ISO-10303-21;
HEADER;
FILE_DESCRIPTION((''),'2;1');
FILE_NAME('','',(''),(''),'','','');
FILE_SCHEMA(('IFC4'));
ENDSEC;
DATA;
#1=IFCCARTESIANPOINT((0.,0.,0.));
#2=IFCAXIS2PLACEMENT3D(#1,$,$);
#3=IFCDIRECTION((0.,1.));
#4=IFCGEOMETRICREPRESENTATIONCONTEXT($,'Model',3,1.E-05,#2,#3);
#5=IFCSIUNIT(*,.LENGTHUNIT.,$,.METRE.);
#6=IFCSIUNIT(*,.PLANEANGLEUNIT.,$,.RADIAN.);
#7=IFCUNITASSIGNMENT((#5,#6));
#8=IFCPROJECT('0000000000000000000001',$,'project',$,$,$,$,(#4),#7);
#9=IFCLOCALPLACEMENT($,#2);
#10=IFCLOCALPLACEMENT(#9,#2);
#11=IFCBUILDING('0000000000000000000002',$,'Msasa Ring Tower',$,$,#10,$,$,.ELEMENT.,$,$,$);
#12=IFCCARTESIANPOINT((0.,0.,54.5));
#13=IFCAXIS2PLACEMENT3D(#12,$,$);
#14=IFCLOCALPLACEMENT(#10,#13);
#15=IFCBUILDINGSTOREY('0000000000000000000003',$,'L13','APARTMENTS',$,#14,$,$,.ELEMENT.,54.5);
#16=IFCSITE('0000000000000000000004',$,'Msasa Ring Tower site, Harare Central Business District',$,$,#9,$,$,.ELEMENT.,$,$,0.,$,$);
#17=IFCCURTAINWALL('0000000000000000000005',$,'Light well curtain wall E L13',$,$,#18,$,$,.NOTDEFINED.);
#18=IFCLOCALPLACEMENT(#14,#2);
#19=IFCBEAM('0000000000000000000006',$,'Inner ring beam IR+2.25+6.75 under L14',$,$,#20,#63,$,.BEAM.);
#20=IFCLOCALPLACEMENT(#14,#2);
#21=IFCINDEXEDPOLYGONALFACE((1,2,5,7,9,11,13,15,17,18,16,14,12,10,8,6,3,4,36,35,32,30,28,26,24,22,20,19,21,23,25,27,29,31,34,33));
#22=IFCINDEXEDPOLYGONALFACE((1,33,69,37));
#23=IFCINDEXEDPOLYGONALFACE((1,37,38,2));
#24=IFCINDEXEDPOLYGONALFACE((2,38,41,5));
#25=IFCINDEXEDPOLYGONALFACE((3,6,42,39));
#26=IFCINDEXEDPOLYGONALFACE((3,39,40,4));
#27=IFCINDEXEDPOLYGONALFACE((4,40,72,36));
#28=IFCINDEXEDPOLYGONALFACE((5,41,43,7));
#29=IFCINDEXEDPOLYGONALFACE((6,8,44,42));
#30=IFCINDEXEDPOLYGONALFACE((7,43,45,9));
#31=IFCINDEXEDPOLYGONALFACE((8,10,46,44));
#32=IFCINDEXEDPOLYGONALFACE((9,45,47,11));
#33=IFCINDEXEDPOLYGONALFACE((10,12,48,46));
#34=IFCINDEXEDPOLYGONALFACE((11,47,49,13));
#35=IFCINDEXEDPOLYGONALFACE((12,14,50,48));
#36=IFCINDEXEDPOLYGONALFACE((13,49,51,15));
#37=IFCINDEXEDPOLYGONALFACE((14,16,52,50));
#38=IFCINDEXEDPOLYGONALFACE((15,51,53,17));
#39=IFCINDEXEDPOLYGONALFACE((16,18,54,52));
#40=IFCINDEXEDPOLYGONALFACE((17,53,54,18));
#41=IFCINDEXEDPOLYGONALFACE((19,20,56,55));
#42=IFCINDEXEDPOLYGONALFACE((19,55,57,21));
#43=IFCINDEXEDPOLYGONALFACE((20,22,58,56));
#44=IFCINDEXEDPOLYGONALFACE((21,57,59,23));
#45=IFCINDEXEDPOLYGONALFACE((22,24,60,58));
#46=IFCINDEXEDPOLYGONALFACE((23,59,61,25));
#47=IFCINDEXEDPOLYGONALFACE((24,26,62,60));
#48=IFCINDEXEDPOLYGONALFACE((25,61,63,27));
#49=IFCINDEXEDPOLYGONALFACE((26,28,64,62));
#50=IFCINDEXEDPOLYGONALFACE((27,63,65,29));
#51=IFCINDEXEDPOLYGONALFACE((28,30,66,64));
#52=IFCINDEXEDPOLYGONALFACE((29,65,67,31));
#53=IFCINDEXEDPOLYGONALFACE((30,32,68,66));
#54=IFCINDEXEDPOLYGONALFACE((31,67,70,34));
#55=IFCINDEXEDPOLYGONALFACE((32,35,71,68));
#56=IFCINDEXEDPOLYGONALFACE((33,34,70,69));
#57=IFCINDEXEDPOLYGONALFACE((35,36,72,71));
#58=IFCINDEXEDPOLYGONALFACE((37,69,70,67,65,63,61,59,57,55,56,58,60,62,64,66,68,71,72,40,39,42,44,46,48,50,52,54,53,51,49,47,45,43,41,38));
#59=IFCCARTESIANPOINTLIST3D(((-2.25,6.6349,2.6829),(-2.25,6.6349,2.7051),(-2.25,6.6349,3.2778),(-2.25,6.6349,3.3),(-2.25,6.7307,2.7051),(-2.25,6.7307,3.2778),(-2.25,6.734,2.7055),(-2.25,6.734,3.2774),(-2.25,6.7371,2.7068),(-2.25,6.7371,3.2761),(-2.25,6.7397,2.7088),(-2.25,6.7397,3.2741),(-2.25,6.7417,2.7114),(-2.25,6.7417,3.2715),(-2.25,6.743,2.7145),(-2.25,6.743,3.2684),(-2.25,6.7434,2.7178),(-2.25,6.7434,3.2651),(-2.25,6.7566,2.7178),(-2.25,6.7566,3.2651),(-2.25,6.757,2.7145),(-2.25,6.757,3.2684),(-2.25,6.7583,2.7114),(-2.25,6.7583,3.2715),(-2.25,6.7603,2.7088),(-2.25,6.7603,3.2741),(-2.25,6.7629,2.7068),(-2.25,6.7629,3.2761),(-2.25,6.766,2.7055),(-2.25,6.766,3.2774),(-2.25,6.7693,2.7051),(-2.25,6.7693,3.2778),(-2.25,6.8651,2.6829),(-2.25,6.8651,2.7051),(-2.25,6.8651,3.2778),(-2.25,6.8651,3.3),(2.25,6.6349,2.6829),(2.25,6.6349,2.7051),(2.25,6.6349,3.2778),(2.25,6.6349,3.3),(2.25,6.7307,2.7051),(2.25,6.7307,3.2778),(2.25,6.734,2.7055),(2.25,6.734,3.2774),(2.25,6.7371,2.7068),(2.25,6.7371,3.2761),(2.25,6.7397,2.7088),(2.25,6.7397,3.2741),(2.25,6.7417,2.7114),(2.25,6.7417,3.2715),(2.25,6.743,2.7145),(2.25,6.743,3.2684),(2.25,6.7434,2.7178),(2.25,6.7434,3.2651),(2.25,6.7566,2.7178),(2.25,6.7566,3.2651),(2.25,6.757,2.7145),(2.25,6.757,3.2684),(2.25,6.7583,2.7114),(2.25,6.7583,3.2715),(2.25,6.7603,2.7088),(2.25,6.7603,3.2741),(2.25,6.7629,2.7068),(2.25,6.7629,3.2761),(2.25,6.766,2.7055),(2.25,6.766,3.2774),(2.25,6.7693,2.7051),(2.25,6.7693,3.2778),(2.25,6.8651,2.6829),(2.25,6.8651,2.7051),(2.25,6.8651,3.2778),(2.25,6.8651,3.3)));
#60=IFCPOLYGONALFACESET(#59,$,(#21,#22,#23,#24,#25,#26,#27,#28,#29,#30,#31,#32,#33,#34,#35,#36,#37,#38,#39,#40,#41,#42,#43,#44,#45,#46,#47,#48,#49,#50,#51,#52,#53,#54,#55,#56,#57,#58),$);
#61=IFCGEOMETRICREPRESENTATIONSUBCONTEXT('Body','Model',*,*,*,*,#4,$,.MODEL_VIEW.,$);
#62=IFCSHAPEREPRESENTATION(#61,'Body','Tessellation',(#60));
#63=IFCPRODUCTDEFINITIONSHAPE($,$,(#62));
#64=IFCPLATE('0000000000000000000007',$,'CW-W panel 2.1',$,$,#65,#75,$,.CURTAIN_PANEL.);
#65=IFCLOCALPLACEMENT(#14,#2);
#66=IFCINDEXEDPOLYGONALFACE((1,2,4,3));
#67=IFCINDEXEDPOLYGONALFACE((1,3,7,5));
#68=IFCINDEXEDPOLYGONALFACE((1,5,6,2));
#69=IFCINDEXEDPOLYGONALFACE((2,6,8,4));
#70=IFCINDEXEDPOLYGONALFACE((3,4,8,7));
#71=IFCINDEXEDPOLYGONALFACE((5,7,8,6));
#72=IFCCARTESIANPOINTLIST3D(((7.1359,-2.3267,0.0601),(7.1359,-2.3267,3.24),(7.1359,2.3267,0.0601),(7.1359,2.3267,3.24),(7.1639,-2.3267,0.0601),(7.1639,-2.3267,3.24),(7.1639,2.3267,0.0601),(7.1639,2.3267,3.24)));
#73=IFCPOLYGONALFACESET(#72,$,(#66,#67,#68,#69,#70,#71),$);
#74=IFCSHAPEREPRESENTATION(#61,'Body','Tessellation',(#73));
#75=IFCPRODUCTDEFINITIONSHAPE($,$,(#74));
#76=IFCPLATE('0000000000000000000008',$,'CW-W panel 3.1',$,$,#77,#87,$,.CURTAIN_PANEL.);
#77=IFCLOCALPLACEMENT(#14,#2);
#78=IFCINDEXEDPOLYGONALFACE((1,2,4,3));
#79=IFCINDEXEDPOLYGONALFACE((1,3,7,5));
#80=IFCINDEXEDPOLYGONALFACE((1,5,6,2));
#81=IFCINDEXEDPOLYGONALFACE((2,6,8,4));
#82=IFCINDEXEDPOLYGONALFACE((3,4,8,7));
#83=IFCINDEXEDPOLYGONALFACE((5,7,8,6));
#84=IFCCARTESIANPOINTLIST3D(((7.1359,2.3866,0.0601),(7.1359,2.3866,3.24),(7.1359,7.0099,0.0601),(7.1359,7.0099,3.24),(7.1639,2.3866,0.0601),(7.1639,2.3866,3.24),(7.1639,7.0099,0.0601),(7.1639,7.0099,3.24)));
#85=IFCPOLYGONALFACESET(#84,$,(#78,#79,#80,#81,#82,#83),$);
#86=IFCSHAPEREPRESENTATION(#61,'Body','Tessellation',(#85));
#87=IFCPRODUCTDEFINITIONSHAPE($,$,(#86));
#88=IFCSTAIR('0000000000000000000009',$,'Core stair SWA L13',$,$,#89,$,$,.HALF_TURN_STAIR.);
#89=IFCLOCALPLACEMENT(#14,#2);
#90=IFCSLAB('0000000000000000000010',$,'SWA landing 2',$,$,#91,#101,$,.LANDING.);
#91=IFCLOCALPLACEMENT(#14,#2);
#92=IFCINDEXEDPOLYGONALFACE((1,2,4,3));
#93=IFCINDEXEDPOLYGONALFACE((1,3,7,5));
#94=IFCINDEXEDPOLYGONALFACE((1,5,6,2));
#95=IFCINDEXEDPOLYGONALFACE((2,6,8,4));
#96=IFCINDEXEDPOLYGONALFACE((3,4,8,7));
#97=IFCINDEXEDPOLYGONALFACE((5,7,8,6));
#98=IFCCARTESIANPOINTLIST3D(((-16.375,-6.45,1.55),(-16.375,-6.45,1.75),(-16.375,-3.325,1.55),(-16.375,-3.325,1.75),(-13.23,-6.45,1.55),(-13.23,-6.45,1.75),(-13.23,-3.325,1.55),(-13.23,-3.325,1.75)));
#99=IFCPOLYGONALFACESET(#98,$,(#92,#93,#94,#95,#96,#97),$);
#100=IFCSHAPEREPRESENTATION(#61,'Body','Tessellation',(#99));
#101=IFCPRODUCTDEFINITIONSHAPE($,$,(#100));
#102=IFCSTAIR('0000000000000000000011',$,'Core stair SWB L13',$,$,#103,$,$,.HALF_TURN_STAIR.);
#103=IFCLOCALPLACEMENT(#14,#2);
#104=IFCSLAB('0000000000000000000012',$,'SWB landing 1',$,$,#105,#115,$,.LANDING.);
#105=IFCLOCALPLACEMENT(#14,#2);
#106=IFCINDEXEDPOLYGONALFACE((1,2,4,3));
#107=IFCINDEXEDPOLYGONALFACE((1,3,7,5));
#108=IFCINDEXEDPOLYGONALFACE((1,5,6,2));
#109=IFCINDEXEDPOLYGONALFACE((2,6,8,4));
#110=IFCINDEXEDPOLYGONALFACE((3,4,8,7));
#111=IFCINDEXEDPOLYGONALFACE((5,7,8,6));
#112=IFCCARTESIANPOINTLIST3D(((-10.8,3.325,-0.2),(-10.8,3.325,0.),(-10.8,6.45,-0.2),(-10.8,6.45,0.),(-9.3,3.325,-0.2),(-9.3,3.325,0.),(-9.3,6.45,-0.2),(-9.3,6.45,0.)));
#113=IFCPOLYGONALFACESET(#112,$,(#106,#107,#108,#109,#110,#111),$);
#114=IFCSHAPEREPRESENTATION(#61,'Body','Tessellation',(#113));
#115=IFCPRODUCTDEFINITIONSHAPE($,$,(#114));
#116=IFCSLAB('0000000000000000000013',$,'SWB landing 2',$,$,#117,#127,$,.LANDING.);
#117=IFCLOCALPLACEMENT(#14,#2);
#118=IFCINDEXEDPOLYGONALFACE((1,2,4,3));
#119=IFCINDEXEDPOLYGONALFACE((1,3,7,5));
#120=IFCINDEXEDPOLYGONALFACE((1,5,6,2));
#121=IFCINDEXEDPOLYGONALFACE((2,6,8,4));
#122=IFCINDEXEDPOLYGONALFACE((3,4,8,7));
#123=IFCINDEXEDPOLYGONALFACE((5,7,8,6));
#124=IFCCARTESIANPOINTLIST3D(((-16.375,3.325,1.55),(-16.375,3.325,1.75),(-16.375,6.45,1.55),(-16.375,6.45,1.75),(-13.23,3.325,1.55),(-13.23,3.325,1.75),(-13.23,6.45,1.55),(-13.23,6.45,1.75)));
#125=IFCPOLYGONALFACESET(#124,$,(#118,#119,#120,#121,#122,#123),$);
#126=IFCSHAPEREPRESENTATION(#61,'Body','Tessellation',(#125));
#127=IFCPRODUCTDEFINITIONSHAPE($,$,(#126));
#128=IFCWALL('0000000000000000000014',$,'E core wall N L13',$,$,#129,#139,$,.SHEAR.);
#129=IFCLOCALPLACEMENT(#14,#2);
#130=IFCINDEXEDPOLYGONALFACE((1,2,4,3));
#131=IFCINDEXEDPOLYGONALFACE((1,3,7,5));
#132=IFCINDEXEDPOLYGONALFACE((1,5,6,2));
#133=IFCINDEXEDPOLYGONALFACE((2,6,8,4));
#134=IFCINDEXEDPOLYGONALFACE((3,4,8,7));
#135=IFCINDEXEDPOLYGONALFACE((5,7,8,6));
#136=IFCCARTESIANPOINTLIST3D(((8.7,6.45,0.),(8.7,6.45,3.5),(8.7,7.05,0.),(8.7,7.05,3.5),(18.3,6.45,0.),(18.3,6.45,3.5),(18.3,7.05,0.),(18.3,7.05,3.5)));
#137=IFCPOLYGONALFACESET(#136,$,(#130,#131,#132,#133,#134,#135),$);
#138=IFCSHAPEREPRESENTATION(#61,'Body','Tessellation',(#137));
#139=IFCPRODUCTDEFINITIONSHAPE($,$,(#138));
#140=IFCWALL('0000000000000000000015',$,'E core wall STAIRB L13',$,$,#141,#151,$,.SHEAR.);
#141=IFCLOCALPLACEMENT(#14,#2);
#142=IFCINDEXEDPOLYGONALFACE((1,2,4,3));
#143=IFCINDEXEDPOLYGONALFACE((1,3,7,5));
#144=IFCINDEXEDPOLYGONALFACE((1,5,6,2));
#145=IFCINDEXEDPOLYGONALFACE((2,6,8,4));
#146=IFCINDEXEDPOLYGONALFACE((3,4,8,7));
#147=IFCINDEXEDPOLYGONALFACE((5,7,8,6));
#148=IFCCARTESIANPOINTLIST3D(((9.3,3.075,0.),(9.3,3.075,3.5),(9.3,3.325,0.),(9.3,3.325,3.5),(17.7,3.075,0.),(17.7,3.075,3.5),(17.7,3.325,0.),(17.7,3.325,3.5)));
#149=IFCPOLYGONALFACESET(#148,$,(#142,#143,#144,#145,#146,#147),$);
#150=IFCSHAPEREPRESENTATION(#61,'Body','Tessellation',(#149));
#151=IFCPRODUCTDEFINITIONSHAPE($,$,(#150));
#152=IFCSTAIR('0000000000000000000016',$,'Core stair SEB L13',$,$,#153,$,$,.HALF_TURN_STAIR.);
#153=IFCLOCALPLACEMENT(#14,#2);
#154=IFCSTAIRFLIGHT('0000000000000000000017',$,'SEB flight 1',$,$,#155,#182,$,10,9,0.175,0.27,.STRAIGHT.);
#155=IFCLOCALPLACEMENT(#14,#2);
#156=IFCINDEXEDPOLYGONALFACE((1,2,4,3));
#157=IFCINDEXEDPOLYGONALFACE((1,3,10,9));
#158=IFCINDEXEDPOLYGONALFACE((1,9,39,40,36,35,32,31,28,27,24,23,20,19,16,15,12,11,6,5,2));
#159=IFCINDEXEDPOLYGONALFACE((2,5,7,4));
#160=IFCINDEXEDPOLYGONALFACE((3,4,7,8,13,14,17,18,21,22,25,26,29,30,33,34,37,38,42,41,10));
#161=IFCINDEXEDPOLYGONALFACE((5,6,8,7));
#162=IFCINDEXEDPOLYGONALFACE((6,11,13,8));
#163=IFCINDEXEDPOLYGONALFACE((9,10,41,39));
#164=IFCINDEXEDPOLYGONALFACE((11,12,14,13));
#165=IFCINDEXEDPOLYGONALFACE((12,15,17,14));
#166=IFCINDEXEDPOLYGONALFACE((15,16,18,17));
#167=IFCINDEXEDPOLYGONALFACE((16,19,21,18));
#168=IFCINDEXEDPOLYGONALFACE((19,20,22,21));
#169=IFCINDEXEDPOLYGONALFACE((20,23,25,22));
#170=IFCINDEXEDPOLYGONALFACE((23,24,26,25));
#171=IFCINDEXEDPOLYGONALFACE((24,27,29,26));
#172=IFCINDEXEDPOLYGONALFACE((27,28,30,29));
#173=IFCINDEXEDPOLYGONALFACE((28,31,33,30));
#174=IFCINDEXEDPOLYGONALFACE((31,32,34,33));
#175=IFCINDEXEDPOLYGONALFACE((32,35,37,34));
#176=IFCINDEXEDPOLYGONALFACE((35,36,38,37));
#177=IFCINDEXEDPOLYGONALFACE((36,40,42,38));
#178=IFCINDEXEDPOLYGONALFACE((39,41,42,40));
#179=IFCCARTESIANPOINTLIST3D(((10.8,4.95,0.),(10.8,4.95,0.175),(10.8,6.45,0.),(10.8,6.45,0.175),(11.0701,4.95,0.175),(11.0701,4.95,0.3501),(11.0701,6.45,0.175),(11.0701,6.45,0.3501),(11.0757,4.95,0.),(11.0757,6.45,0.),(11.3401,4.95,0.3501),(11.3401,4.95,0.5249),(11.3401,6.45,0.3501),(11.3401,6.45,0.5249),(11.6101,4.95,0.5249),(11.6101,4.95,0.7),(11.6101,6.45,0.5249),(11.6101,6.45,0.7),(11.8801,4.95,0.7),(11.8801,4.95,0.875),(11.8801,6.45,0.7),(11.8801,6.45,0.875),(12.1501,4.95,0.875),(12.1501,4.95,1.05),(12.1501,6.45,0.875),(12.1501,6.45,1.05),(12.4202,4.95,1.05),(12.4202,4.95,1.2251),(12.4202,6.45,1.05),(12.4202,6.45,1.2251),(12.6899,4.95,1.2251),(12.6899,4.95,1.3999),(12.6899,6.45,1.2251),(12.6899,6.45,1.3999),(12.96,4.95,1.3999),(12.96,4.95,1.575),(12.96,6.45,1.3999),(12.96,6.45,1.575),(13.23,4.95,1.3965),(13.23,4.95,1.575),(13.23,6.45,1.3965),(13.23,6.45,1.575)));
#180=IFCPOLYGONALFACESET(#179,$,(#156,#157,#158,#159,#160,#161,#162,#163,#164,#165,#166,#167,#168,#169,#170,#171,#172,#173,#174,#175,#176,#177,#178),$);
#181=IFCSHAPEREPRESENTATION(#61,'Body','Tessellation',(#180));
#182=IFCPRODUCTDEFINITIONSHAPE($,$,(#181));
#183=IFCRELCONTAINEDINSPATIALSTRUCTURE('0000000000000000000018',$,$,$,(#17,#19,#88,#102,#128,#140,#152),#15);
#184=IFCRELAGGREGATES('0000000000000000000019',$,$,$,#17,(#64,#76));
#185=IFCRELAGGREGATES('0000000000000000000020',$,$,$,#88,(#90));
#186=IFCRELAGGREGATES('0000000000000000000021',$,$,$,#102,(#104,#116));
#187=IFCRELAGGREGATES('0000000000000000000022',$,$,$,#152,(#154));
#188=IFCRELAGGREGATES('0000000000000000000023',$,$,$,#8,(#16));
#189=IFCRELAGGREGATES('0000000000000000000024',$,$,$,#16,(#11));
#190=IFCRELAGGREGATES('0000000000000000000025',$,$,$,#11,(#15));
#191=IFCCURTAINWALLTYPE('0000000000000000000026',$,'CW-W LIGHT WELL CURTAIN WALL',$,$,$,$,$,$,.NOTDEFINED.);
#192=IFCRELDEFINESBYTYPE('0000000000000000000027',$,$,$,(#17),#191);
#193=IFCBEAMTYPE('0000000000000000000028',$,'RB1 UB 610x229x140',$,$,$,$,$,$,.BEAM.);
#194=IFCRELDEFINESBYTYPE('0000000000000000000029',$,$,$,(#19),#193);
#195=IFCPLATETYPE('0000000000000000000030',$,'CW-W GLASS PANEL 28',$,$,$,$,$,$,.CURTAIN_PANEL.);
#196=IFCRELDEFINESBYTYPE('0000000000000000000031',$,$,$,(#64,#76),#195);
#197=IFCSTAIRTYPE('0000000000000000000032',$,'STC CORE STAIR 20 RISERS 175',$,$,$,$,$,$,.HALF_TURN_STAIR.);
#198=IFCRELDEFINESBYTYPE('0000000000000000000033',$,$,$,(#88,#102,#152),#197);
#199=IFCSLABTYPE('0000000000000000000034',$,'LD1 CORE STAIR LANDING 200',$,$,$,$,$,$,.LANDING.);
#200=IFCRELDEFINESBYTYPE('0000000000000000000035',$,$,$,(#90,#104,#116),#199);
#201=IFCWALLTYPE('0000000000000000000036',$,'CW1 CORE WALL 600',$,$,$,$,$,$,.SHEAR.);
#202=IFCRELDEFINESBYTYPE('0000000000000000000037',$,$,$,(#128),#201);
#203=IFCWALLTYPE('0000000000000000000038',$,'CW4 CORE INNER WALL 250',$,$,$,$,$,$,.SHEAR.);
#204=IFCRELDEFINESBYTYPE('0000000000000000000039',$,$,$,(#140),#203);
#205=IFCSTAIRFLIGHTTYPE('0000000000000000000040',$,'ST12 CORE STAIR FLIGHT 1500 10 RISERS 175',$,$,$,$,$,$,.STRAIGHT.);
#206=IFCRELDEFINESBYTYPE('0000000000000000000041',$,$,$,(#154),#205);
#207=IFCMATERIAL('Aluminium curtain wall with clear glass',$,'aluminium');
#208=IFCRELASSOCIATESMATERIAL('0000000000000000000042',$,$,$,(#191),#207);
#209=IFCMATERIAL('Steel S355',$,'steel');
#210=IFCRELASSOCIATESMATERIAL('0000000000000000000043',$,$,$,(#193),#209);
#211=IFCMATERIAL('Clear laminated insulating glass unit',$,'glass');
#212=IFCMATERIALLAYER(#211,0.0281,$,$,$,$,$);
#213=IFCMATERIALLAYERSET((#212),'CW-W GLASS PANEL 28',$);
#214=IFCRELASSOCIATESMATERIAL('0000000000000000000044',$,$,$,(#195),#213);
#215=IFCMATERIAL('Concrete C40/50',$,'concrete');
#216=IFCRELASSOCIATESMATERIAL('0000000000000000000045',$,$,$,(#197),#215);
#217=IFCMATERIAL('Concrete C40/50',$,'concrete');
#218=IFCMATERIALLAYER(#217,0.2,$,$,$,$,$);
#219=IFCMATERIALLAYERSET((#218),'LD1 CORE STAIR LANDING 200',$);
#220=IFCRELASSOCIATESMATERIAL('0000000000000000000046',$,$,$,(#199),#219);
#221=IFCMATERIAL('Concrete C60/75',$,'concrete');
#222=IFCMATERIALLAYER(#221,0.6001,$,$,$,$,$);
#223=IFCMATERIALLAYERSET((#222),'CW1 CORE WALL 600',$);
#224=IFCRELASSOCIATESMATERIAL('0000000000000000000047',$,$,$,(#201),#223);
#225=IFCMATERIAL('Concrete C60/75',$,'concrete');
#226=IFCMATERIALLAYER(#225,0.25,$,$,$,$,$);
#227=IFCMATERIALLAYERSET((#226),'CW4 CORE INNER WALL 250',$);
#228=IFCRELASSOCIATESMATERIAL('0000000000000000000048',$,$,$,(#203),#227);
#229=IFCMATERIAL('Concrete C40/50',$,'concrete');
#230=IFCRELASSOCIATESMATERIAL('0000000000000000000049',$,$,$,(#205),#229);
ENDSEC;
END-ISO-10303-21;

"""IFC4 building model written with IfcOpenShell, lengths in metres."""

from ifc_helpers import new_model, si_unit, direction, frame, frame_2d, origin, origin_2d, place, context, subcontext, project, spatial, polyline, rectangle, i_section, outline, extrude, material, layer, layer_set, material_profile, profile_set, type_object, element, aggregate, save


model = new_model("IFC4")

# Units and contexts
model_context = context("Model", 3, precision=1e-05, world=origin(), true_north=direction((0.0, 1.0)))
body_context = subcontext(model_context, "Body", "Model", "MODEL_VIEW")
ifc_project = project(units=[si_unit("LENGTHUNIT", "METRE"), si_unit("PLANEANGLEUNIT", "RADIAN")], contexts=[model_context])

# Site, building, storey
site_placement = place(None, origin())
site = spatial("IfcSite", under=ifc_project, at=site_placement, Name="Msasa Ring Tower site, Harare Central Business District", CompositionType="ELEMENT", RefElevation=0.0)
building_placement = place(site_placement, origin())
building = spatial("IfcBuilding", under=site, at=building_placement, Name="Msasa Ring Tower", CompositionType="ELEMENT")
storey_placement = place(building_placement, frame((0.0, 0.0, 54.5)))
storey = spatial("IfcBuildingStorey", under=building, at=storey_placement, Name="L13", Description="APARTMENTS", CompositionType="ELEMENT", Elevation=54.5)

# Curtain wall
ifc_material_1 = material(Name="Aluminium curtain wall with clear glass", Category="aluminium")
curtain_wall_type = type_object("IfcCurtainWallType", Name="CW-W LIGHT WELL CURTAIN WALL", PredefinedType="NOTDEFINED", material=ifc_material_1)
curtain_wall_placement = place(storey_placement, origin())
curtain_wall = element("IfcCurtainWall", 1, at=curtain_wall_placement, inside=storey, type_object=curtain_wall_type, Name="Light well curtain wall E L13", PredefinedType="NOTDEFINED")

# Beam
ifc_material_2 = material(Name="Steel S355", Category="steel")
ifc_material_profile_1 = material_profile(ifc_material_2, i_section(OverallWidth=0.2302, OverallDepth=0.6172, WebThickness=0.0132, FlangeThickness=0.0222, FilletRadius=0.0127, at=origin_2d()), Name="UB 610x229x140")
ifc_profile_set_1 = profile_set([ifc_material_profile_1], Name="Steel S355")
beam_type = type_object("IfcBeamType", Name="RB1 UB 610x229x140", PredefinedType="BEAM", material=ifc_profile_set_1)
for number, where, z_axis, x_axis, name in (
    (2, (2.25, 6.75, 2.9915), (-1.0, 0.0, 0.0), (0.0, -1.0, 0.0), "Inner ring beam IR+2.25+6.75 under L14"),
):
    element("IfcBeam", number, at=place(storey_placement, frame(where, z_axis=z_axis, x_axis=x_axis)), inside=storey, type_object=beam_type, Name=name, PredefinedType="BEAM", context=body_context, shape_type="SweptSolid", body=[
        extrude(i_section(OverallWidth=0.2302, OverallDepth=0.6172, WebThickness=0.0132, FlangeThickness=0.0222, FilletRadius=0.0127, at=origin_2d()), origin(), (0.0, 0.0, 1.0), 4.5),
    ])

# Plates
ifc_material_3 = material(Name="Clear laminated insulating glass unit", Category="glass")
ifc_layer_1 = layer(ifc_material_3, 0.0281)
ifc_layer_set_1 = layer_set([ifc_layer_1], Name="CW-W GLASS PANEL 28")
plate_type = type_object("IfcPlateType", Name="CW-W GLASS PANEL 28", PredefinedType="CURTAIN_PANEL", material=ifc_layer_set_1)
plate_1_placement = place(storey_placement, frame((7.1499, 0.0, 0.0601), z_axis=(0.0, 0.0, 1.0), x_axis=(0.0, 1.0, 0.0)))
plate_1 = element("IfcPlate", 3, at=plate_1_placement, type_object=plate_type, Name="CW-W panel 2.1", PredefinedType="CURTAIN_PANEL", context=body_context, shape_type="SweptSolid", body=[
    extrude(rectangle(XDim=4.6533, YDim=0.0281, at=origin_2d()), origin(), (0.0, 0.0, 1.0), 3.1799),
])
plate_2_placement = place(storey_placement, frame((7.1499, 4.6982, 0.0601), z_axis=(0.0, 0.0, 1.0), x_axis=(0.0, 1.0, 0.0)))
plate_2 = element("IfcPlate", 4, at=plate_2_placement, type_object=plate_type, Name="CW-W panel 3.1", PredefinedType="CURTAIN_PANEL", context=body_context, shape_type="SweptSolid", body=[
    extrude(rectangle(XDim=4.6233, YDim=0.0281, at=origin_2d()), origin(), (0.0, 0.0, 1.0), 3.1799),
])
aggregate(curtain_wall, [plate_1, plate_2])

# Stair, slab
ifc_material_4 = material(Name="Concrete C40/50", Category="concrete")
stair_type = type_object("IfcStairType", Name="STC CORE STAIR 20 RISERS 175", PredefinedType="HALF_TURN_STAIR", material=ifc_material_4)
stair_1_placement = place(storey_placement, origin())
stair_1 = element("IfcStair", 5, at=stair_1_placement, inside=storey, type_object=stair_type, Name="Core stair SWA L13", PredefinedType="HALF_TURN_STAIR")
ifc_material_5 = material(Name="Concrete C40/50", Category="concrete")
ifc_layer_2 = layer(ifc_material_5, 0.2)
ifc_layer_set_2 = layer_set([ifc_layer_2], Name="LD1 CORE STAIR LANDING 200")
slab_type = type_object("IfcSlabType", Name="LD1 CORE STAIR LANDING 200", PredefinedType="LANDING", material=ifc_layer_set_2)
slab_1_placement = place(storey_placement, frame((0.0, 0.0, 1.55)))
slab_1 = element("IfcSlab", 6, at=slab_1_placement, type_object=slab_type, Name="SWA landing 2", PredefinedType="LANDING", context=body_context, shape_type="SweptSolid", body=[
    extrude(outline(polyline([(-16.375, -6.45), (-13.23, -6.45), (-13.23, -3.325), (-16.375, -3.325), (-16.375, -6.45)])), origin(), (0.0, 0.0, 1.0), 0.2),
])
aggregate(stair_1, [slab_1])

# Stair, slabs
stair_2_placement = place(storey_placement, origin())
stair_2 = element("IfcStair", 7, at=stair_2_placement, inside=storey, type_object=stair_type, Name="Core stair SWB L13", PredefinedType="HALF_TURN_STAIR")
slab_2_placement = place(storey_placement, frame((0.0, 0.0, -0.2)))
slab_2 = element("IfcSlab", 8, at=slab_2_placement, type_object=slab_type, Name="SWB landing 1", PredefinedType="LANDING", context=body_context, shape_type="SweptSolid", body=[
    extrude(outline(polyline([(-10.8, 3.325), (-9.3, 3.325), (-9.3, 6.45), (-10.8, 6.45), (-10.8, 3.325)])), origin(), (0.0, 0.0, 1.0), 0.2),
])
slab_3_placement = place(storey_placement, frame((0.0, 0.0, 1.55)))
slab_3 = element("IfcSlab", 9, at=slab_3_placement, type_object=slab_type, Name="SWB landing 2", PredefinedType="LANDING", context=body_context, shape_type="SweptSolid", body=[
    extrude(outline(polyline([(-16.375, 3.325), (-13.23, 3.325), (-13.23, 6.45), (-16.375, 6.45), (-16.375, 3.325)])), origin(), (0.0, 0.0, 1.0), 0.2),
])
aggregate(stair_2, [slab_2, slab_3])

# Walls
ifc_material_6 = material(Name="Concrete C60/75", Category="concrete")
ifc_layer_3 = layer(ifc_material_6, 0.6001)
ifc_layer_set_3 = layer_set([ifc_layer_3], Name="CW1 CORE WALL 600")
wall_type_1 = type_object("IfcWallType", Name="CW1 CORE WALL 600", PredefinedType="SHEAR", material=ifc_layer_set_3)
wall_1_placement = place(storey_placement, frame((8.7, 6.75, 0.0), z_axis=(0.0, 0.0, 1.0), x_axis=(1.0, 0.0, 0.0)))
element("IfcWall", 10, at=wall_1_placement, inside=storey, type_object=wall_type_1, Name="E core wall N L13", PredefinedType="SHEAR", context=body_context, shape_type="SweptSolid", body=[
    extrude(rectangle(XDim=9.6001, YDim=0.6001, at=frame_2d((4.8, 0.0))), origin(), (0.0, 0.0, 1.0), 3.5),
])
ifc_material_7 = material(Name="Concrete C60/75", Category="concrete")
ifc_layer_4 = layer(ifc_material_7, 0.25)
ifc_layer_set_4 = layer_set([ifc_layer_4], Name="CW4 CORE INNER WALL 250")
wall_type_2 = type_object("IfcWallType", Name="CW4 CORE INNER WALL 250", PredefinedType="SHEAR", material=ifc_layer_set_4)
wall_2_placement = place(storey_placement, frame((9.3, 3.2, 0.0), z_axis=(0.0, 0.0, 1.0), x_axis=(1.0, 0.0, 0.0)))
element("IfcWall", 11, at=wall_2_placement, inside=storey, type_object=wall_type_2, Name="E core wall STAIRB L13", PredefinedType="SHEAR", context=body_context, shape_type="SweptSolid", body=[
    extrude(rectangle(XDim=8.3999, YDim=0.25, at=frame_2d((4.2, 0.0))), origin(), (0.0, 0.0, 1.0), 3.5),
])

# Stair, stair flight
stair_3_placement = place(storey_placement, origin())
stair_3 = element("IfcStair", 12, at=stair_3_placement, inside=storey, type_object=stair_type, Name="Core stair SEB L13", PredefinedType="HALF_TURN_STAIR")
ifc_material_8 = material(Name="Concrete C40/50", Category="concrete")
stair_flight_type = type_object("IfcStairFlightType", Name="ST12 CORE STAIR FLIGHT 1500 10 RISERS 175", PredefinedType="STRAIGHT", material=ifc_material_8)
stair_flight_placement = place(storey_placement, frame((10.8, 5.7, 0.0), z_axis=(0.0, 0.0, 1.0), x_axis=(1.0, 0.0, 0.0)))
stair_flight = element("IfcStairFlight", 13, at=stair_flight_placement, type_object=stair_flight_type, Name="SEB flight 1", NumberOfRisers=10, NumberOfTreads=9, PredefinedType="STRAIGHT", RiserHeight=0.175, TreadLength=0.27, context=body_context, shape_type="SweptSolid", body=[
    extrude(outline(polyline([(0.0, 0.0), (0.0, 0.175), (0.27, 0.175), (0.27, 0.3501), (0.54, 0.3501), (0.54, 0.5249), (0.8101, 0.5249), (0.8101, 0.7), (1.0801, 0.7), (1.0801, 0.875), (1.3501, 0.875), (1.3501, 1.05), (1.6201, 1.05), (1.6201, 1.2251), (1.8899, 1.2251), (1.8899, 1.3999), (2.1599, 1.3999), (2.1599, 1.575), (2.4299, 1.575), (2.4299, 1.75), (2.4299, 1.3965), (0.2756, 0.0), (0.0, 0.0)])), frame((0.0, 0.75, 0.0), z_axis=(0.0, -1.0, 0.0), x_axis=(1.0, 0.0, 0.0)), (0.0, 0.0, 1.0), 1.5),
])
aggregate(stair_3, [stair_flight])

save(model, "model.ifc")
